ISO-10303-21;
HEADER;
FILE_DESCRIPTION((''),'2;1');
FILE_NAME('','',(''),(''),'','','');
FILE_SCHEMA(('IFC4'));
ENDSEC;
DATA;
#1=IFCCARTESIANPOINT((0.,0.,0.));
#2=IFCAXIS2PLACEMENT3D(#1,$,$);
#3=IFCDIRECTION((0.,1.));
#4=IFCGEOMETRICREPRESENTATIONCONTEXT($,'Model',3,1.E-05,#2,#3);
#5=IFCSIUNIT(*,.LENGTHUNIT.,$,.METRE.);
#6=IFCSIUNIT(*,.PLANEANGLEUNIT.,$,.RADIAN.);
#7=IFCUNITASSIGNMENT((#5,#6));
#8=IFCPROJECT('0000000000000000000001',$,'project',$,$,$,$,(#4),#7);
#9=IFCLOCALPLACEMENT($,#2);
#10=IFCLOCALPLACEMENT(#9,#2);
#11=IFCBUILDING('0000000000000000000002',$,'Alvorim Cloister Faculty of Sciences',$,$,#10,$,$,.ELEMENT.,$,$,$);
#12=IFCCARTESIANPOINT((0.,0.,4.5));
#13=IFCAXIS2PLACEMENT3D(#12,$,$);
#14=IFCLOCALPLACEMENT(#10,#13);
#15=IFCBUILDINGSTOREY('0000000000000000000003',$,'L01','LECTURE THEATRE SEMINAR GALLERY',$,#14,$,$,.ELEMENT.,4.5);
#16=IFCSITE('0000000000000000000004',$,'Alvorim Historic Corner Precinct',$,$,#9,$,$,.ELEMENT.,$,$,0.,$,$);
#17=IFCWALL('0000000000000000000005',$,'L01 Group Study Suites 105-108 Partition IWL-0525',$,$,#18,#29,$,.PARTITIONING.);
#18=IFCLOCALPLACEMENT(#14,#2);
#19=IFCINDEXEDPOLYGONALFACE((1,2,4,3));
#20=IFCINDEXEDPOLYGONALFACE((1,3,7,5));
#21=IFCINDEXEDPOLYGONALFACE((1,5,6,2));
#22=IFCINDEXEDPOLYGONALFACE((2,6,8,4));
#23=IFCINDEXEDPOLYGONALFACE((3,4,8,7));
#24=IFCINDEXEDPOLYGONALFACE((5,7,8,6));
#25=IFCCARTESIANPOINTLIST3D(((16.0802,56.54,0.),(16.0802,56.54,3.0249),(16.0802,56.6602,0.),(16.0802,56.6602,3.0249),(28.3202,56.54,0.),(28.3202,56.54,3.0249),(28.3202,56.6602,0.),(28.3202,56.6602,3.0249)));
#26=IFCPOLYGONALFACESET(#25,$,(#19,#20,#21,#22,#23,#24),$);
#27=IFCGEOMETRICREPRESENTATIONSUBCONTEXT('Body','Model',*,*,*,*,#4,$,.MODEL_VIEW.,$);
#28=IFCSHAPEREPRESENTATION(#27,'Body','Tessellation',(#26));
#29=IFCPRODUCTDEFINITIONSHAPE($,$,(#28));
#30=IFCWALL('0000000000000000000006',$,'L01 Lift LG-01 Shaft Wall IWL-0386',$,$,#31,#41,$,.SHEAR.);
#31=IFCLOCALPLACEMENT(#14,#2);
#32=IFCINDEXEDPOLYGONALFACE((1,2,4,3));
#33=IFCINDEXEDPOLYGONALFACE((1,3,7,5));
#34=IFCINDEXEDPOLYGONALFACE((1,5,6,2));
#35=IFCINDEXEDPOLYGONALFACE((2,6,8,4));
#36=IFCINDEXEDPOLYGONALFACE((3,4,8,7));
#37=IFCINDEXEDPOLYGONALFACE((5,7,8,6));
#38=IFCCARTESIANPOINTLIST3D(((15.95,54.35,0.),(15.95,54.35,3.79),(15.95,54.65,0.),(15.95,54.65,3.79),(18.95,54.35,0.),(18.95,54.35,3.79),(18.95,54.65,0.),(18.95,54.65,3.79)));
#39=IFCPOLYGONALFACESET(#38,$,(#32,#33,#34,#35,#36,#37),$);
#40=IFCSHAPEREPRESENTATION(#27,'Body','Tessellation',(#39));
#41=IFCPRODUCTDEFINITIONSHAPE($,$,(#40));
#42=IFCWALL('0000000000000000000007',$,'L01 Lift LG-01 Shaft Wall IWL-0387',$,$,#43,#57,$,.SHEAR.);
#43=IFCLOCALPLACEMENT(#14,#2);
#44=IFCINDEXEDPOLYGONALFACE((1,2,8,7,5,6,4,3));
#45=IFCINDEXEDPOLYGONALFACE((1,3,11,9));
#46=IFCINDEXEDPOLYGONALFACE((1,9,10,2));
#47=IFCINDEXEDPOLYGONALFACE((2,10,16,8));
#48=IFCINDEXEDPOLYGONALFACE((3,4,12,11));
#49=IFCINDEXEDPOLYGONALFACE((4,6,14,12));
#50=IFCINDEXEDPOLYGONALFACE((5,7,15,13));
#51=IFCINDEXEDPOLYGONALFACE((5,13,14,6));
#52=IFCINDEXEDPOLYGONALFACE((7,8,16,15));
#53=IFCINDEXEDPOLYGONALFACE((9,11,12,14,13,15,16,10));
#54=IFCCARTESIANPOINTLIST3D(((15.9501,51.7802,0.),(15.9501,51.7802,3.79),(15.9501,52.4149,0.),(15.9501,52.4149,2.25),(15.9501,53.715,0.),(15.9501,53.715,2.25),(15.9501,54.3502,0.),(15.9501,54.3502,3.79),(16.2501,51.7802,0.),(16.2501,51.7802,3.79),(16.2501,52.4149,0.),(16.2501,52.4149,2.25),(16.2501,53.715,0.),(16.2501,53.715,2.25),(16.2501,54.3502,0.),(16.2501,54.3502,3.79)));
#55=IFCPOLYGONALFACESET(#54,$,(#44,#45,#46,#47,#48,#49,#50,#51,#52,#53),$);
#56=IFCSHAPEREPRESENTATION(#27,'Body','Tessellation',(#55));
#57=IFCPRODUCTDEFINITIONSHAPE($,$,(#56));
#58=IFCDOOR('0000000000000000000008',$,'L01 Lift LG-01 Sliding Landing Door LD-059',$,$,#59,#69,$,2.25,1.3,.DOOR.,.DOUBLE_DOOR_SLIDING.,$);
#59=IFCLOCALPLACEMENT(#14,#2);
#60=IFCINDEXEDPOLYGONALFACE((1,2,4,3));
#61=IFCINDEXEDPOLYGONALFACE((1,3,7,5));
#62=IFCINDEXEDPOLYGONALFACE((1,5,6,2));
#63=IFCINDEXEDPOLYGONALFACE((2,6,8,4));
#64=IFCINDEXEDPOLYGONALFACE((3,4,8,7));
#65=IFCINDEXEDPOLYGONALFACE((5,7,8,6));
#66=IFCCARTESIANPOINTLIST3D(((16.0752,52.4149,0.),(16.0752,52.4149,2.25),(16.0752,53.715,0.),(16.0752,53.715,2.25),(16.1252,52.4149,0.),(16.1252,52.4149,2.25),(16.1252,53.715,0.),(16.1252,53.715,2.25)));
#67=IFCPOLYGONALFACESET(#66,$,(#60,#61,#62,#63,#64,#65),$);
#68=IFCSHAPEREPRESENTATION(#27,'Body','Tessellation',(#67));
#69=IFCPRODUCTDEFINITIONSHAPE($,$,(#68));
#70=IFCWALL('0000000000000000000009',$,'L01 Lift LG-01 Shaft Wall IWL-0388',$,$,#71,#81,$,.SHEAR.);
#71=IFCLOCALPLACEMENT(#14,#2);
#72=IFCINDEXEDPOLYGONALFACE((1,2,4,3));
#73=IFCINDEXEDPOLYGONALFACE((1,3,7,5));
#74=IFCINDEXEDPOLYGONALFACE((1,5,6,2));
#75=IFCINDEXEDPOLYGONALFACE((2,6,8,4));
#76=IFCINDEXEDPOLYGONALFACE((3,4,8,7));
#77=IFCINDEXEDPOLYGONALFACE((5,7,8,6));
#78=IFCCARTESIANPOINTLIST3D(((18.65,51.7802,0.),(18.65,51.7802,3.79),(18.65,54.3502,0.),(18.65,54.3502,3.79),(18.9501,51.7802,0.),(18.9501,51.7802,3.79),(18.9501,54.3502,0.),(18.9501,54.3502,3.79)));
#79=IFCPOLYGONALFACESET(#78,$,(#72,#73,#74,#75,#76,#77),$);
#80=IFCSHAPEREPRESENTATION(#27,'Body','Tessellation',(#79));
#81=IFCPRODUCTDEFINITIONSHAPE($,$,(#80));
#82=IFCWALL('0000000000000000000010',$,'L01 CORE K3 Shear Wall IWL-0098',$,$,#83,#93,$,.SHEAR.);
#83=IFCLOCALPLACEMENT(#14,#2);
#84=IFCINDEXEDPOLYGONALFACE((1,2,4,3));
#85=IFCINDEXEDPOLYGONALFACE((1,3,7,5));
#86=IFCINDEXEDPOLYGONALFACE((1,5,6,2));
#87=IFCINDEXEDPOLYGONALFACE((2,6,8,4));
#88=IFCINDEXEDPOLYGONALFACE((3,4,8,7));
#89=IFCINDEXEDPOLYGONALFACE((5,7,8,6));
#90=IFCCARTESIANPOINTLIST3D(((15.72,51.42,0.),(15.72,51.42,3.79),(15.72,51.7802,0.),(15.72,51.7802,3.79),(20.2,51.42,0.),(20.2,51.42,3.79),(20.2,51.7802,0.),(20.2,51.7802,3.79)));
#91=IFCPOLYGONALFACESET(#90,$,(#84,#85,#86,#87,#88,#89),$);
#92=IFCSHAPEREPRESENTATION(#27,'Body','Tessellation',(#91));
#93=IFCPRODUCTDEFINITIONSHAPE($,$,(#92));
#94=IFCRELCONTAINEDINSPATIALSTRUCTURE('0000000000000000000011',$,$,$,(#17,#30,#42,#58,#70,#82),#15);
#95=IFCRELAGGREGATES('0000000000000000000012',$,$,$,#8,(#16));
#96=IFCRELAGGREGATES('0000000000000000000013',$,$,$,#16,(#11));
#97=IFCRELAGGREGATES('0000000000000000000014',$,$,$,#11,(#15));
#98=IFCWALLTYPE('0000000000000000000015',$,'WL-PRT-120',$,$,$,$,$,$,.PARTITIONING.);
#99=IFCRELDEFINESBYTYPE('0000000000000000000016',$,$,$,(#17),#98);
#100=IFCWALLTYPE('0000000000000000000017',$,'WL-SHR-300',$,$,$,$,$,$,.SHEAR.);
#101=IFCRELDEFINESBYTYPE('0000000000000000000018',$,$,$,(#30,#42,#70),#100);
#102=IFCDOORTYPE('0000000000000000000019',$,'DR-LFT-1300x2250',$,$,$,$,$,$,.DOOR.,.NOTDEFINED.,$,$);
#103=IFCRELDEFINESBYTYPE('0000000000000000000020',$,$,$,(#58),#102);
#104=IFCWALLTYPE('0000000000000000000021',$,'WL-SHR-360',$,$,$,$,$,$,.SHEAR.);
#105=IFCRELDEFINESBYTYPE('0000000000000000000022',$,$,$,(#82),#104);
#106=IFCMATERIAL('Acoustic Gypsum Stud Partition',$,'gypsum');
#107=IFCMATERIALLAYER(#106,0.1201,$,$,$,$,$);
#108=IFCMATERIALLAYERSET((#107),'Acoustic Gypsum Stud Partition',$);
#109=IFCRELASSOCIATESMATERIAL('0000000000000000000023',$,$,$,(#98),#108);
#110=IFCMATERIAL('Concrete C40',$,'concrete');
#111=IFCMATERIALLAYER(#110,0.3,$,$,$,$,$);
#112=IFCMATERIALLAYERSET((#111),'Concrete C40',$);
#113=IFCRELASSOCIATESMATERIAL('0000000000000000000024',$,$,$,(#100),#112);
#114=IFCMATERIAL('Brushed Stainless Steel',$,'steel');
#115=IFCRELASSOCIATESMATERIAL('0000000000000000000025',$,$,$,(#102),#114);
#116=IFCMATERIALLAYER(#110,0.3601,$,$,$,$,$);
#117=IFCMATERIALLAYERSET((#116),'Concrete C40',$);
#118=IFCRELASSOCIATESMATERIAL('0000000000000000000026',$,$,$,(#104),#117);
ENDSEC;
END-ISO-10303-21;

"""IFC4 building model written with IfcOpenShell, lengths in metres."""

from ifc_helpers import new_model, si_unit, direction, frame, frame_2d, origin, place, context, subcontext, project, spatial, rectangle, extrude, material, layer, layer_set, type_object, element, fill, save


model = new_model("IFC4")

# Units and contexts
model_context = context("Model", 3, precision=1e-05, world=origin(), true_north=direction((0.0, 1.0)))
body_context = subcontext(model_context, "Body", "Model", "MODEL_VIEW")
ifc_project = project(units=[si_unit("LENGTHUNIT", "METRE"), si_unit("PLANEANGLEUNIT", "RADIAN")], contexts=[model_context])

# Site, building, storey
site_placement = place(None, origin())
site = spatial("IfcSite", under=ifc_project, at=site_placement, Name="Alvorim Historic Corner Precinct", CompositionType="ELEMENT", RefElevation=0.0)
building_placement = place(site_placement, origin())
building = spatial("IfcBuilding", under=site, at=building_placement, Name="Alvorim Cloister Faculty of Sciences", CompositionType="ELEMENT")
storey_placement = place(building_placement, frame((0.0, 0.0, 4.5)))
storey = spatial("IfcBuildingStorey", under=building, at=storey_placement, Name="L01", Description="LECTURE THEATRE SEMINAR GALLERY", CompositionType="ELEMENT", Elevation=4.5)

# Shared definitions
ifc_material_1 = material(Name="Concrete C40", Category="concrete")

# Shared definitions
ifc_material_2 = material(Name="Acoustic Gypsum Stud Partition", Category="gypsum")
ifc_layer_1 = layer(ifc_material_2, 0.1201)
ifc_layer_set_1 = layer_set([ifc_layer_1], Name="Acoustic Gypsum Stud Partition")
wall_type_1 = type_object("IfcWallType", Name="WL-PRT-120", PredefinedType="PARTITIONING", material=ifc_layer_set_1)

# Walls
wall_1_placement = place(storey_placement, frame((16.0801, 56.6001, 0.0), z_axis=(0.0, 0.0, 1.0), x_axis=(1.0, 0.0, 0.0)))
element("IfcWall", 1, at=wall_1_placement, inside=storey, type_object=wall_type_1, Name="L01 Group Study Suites 105-108 Partition IWL-0525", PredefinedType="PARTITIONING", context=body_context, shape_type="SweptSolid", body=[
    extrude(rectangle(XDim=12.24, YDim=0.1201, at=frame_2d((6.1201, 0.0))), origin(), (0.0, 0.0, 1.0), 3.0249),
])
ifc_layer_2 = layer(ifc_material_1, 0.3)
ifc_layer_set_2 = layer_set([ifc_layer_2], Name="Concrete C40")
wall_type_2 = type_object("IfcWallType", Name="WL-SHR-300", PredefinedType="SHEAR", material=ifc_layer_set_2)
wall_2_placement = place(storey_placement, frame((15.95, 54.5, 0.0), z_axis=(0.0, 0.0, 1.0), x_axis=(1.0, 0.0, 0.0)))
element("IfcWall", 2, at=wall_2_placement, inside=storey, type_object=wall_type_2, Name="L01 Lift LG-01 Shaft Wall IWL-0386", PredefinedType="SHEAR", context=body_context, shape_type="SweptSolid", body=[
    extrude(rectangle(XDim=3.0, YDim=0.3, at=frame_2d((1.5, 0.0))), origin(), (0.0, 0.0, 1.0), 3.79),
])

# Wall, opening, door
wall_3_placement = place(storey_placement, frame((16.1001, 51.78, 0.0), z_axis=(0.0, 0.0, 1.0), x_axis=(0.0, 1.0, 0.0)))
wall_3 = element("IfcWall", 3, at=wall_3_placement, inside=storey, type_object=wall_type_2, Name="L01 Lift LG-01 Shaft Wall IWL-0387", PredefinedType="SHEAR", context=body_context, shape_type="SweptSolid", body=[
    extrude(rectangle(XDim=2.5701, YDim=0.3, at=frame_2d((1.2852, 0.0))), origin(), (0.0, 0.0, 1.0), 3.79),
])
opening_1_placement = place(wall_3_placement, frame((0.635, 0.0, 0.0)))
opening_1 = element("IfcOpeningElement", 4, at=opening_1_placement, cuts=wall_3, PredefinedType="OPENING", context=body_context, shape_type="SweptSolid", body=[
    extrude(rectangle(XDim=1.3, YDim=2.25, at=frame_2d((0.6499, 1.125))), frame((0.0, 0.1621, 0.0), z_axis=(0.0, -1.0, 0.0), x_axis=(1.0, 0.0, 0.0)), (0.0, 0.0, 1.0), 0.324),
])
ifc_material_3 = material(Name="Brushed Stainless Steel", Category="steel")
door_type_1 = type_object("IfcDoorType", Name="DR-LFT-1300x2250", OperationType="NOTDEFINED", PredefinedType="DOOR", material=ifc_material_3)
door_1_placement = place(opening_1_placement, origin())
door_1 = element("IfcDoor", 5, at=door_1_placement, inside=storey, type_object=door_type_1, Name="L01 Lift LG-01 Sliding Landing Door LD-059", OperationType="DOUBLE_DOOR_SLIDING", OverallHeight=2.25, OverallWidth=1.3, PredefinedType="DOOR", context=body_context, shape_type="SweptSolid", body=[
    extrude(rectangle(XDim=1.3, YDim=2.25, at=frame_2d((0.6499, 1.125))), frame((0.0, 0.0249, 0.0), z_axis=(0.0, -1.0, 0.0), x_axis=(1.0, 0.0, 0.0)), (0.0, 0.0, 1.0), 0.05),
])
fill(opening_1, door_1)

# Walls
wall_4_placement = place(storey_placement, frame((18.8, 51.78, 0.0), z_axis=(0.0, 0.0, 1.0), x_axis=(0.0, 1.0, 0.0)))
element("IfcWall", 6, at=wall_4_placement, inside=storey, type_object=wall_type_2, Name="L01 Lift LG-01 Shaft Wall IWL-0388", PredefinedType="SHEAR", context=body_context, shape_type="SweptSolid", body=[
    extrude(rectangle(XDim=2.5701, YDim=0.3, at=frame_2d((1.2852, 0.0))), origin(), (0.0, 0.0, 1.0), 3.79),
])
ifc_layer_3 = layer(ifc_material_1, 0.3601)
ifc_layer_set_3 = layer_set([ifc_layer_3], Name="Concrete C40")
wall_type_3 = type_object("IfcWallType", Name="WL-SHR-360", PredefinedType="SHEAR", material=ifc_layer_set_3)
wall_5_placement = place(storey_placement, frame((15.72, 51.6001, 0.0), z_axis=(0.0, 0.0, 1.0), x_axis=(1.0, 0.0, 0.0)))
element("IfcWall", 7, at=wall_5_placement, inside=storey, type_object=wall_type_3, Name="L01 CORE K3 Shear Wall IWL-0098", PredefinedType="SHEAR", context=body_context, shape_type="SweptSolid", body=[
    extrude(rectangle(XDim=4.48, YDim=0.3601, at=frame_2d((2.24, 0.0))), origin(), (0.0, 0.0, 1.0), 3.79),
])

save(model, "model.ifc")
